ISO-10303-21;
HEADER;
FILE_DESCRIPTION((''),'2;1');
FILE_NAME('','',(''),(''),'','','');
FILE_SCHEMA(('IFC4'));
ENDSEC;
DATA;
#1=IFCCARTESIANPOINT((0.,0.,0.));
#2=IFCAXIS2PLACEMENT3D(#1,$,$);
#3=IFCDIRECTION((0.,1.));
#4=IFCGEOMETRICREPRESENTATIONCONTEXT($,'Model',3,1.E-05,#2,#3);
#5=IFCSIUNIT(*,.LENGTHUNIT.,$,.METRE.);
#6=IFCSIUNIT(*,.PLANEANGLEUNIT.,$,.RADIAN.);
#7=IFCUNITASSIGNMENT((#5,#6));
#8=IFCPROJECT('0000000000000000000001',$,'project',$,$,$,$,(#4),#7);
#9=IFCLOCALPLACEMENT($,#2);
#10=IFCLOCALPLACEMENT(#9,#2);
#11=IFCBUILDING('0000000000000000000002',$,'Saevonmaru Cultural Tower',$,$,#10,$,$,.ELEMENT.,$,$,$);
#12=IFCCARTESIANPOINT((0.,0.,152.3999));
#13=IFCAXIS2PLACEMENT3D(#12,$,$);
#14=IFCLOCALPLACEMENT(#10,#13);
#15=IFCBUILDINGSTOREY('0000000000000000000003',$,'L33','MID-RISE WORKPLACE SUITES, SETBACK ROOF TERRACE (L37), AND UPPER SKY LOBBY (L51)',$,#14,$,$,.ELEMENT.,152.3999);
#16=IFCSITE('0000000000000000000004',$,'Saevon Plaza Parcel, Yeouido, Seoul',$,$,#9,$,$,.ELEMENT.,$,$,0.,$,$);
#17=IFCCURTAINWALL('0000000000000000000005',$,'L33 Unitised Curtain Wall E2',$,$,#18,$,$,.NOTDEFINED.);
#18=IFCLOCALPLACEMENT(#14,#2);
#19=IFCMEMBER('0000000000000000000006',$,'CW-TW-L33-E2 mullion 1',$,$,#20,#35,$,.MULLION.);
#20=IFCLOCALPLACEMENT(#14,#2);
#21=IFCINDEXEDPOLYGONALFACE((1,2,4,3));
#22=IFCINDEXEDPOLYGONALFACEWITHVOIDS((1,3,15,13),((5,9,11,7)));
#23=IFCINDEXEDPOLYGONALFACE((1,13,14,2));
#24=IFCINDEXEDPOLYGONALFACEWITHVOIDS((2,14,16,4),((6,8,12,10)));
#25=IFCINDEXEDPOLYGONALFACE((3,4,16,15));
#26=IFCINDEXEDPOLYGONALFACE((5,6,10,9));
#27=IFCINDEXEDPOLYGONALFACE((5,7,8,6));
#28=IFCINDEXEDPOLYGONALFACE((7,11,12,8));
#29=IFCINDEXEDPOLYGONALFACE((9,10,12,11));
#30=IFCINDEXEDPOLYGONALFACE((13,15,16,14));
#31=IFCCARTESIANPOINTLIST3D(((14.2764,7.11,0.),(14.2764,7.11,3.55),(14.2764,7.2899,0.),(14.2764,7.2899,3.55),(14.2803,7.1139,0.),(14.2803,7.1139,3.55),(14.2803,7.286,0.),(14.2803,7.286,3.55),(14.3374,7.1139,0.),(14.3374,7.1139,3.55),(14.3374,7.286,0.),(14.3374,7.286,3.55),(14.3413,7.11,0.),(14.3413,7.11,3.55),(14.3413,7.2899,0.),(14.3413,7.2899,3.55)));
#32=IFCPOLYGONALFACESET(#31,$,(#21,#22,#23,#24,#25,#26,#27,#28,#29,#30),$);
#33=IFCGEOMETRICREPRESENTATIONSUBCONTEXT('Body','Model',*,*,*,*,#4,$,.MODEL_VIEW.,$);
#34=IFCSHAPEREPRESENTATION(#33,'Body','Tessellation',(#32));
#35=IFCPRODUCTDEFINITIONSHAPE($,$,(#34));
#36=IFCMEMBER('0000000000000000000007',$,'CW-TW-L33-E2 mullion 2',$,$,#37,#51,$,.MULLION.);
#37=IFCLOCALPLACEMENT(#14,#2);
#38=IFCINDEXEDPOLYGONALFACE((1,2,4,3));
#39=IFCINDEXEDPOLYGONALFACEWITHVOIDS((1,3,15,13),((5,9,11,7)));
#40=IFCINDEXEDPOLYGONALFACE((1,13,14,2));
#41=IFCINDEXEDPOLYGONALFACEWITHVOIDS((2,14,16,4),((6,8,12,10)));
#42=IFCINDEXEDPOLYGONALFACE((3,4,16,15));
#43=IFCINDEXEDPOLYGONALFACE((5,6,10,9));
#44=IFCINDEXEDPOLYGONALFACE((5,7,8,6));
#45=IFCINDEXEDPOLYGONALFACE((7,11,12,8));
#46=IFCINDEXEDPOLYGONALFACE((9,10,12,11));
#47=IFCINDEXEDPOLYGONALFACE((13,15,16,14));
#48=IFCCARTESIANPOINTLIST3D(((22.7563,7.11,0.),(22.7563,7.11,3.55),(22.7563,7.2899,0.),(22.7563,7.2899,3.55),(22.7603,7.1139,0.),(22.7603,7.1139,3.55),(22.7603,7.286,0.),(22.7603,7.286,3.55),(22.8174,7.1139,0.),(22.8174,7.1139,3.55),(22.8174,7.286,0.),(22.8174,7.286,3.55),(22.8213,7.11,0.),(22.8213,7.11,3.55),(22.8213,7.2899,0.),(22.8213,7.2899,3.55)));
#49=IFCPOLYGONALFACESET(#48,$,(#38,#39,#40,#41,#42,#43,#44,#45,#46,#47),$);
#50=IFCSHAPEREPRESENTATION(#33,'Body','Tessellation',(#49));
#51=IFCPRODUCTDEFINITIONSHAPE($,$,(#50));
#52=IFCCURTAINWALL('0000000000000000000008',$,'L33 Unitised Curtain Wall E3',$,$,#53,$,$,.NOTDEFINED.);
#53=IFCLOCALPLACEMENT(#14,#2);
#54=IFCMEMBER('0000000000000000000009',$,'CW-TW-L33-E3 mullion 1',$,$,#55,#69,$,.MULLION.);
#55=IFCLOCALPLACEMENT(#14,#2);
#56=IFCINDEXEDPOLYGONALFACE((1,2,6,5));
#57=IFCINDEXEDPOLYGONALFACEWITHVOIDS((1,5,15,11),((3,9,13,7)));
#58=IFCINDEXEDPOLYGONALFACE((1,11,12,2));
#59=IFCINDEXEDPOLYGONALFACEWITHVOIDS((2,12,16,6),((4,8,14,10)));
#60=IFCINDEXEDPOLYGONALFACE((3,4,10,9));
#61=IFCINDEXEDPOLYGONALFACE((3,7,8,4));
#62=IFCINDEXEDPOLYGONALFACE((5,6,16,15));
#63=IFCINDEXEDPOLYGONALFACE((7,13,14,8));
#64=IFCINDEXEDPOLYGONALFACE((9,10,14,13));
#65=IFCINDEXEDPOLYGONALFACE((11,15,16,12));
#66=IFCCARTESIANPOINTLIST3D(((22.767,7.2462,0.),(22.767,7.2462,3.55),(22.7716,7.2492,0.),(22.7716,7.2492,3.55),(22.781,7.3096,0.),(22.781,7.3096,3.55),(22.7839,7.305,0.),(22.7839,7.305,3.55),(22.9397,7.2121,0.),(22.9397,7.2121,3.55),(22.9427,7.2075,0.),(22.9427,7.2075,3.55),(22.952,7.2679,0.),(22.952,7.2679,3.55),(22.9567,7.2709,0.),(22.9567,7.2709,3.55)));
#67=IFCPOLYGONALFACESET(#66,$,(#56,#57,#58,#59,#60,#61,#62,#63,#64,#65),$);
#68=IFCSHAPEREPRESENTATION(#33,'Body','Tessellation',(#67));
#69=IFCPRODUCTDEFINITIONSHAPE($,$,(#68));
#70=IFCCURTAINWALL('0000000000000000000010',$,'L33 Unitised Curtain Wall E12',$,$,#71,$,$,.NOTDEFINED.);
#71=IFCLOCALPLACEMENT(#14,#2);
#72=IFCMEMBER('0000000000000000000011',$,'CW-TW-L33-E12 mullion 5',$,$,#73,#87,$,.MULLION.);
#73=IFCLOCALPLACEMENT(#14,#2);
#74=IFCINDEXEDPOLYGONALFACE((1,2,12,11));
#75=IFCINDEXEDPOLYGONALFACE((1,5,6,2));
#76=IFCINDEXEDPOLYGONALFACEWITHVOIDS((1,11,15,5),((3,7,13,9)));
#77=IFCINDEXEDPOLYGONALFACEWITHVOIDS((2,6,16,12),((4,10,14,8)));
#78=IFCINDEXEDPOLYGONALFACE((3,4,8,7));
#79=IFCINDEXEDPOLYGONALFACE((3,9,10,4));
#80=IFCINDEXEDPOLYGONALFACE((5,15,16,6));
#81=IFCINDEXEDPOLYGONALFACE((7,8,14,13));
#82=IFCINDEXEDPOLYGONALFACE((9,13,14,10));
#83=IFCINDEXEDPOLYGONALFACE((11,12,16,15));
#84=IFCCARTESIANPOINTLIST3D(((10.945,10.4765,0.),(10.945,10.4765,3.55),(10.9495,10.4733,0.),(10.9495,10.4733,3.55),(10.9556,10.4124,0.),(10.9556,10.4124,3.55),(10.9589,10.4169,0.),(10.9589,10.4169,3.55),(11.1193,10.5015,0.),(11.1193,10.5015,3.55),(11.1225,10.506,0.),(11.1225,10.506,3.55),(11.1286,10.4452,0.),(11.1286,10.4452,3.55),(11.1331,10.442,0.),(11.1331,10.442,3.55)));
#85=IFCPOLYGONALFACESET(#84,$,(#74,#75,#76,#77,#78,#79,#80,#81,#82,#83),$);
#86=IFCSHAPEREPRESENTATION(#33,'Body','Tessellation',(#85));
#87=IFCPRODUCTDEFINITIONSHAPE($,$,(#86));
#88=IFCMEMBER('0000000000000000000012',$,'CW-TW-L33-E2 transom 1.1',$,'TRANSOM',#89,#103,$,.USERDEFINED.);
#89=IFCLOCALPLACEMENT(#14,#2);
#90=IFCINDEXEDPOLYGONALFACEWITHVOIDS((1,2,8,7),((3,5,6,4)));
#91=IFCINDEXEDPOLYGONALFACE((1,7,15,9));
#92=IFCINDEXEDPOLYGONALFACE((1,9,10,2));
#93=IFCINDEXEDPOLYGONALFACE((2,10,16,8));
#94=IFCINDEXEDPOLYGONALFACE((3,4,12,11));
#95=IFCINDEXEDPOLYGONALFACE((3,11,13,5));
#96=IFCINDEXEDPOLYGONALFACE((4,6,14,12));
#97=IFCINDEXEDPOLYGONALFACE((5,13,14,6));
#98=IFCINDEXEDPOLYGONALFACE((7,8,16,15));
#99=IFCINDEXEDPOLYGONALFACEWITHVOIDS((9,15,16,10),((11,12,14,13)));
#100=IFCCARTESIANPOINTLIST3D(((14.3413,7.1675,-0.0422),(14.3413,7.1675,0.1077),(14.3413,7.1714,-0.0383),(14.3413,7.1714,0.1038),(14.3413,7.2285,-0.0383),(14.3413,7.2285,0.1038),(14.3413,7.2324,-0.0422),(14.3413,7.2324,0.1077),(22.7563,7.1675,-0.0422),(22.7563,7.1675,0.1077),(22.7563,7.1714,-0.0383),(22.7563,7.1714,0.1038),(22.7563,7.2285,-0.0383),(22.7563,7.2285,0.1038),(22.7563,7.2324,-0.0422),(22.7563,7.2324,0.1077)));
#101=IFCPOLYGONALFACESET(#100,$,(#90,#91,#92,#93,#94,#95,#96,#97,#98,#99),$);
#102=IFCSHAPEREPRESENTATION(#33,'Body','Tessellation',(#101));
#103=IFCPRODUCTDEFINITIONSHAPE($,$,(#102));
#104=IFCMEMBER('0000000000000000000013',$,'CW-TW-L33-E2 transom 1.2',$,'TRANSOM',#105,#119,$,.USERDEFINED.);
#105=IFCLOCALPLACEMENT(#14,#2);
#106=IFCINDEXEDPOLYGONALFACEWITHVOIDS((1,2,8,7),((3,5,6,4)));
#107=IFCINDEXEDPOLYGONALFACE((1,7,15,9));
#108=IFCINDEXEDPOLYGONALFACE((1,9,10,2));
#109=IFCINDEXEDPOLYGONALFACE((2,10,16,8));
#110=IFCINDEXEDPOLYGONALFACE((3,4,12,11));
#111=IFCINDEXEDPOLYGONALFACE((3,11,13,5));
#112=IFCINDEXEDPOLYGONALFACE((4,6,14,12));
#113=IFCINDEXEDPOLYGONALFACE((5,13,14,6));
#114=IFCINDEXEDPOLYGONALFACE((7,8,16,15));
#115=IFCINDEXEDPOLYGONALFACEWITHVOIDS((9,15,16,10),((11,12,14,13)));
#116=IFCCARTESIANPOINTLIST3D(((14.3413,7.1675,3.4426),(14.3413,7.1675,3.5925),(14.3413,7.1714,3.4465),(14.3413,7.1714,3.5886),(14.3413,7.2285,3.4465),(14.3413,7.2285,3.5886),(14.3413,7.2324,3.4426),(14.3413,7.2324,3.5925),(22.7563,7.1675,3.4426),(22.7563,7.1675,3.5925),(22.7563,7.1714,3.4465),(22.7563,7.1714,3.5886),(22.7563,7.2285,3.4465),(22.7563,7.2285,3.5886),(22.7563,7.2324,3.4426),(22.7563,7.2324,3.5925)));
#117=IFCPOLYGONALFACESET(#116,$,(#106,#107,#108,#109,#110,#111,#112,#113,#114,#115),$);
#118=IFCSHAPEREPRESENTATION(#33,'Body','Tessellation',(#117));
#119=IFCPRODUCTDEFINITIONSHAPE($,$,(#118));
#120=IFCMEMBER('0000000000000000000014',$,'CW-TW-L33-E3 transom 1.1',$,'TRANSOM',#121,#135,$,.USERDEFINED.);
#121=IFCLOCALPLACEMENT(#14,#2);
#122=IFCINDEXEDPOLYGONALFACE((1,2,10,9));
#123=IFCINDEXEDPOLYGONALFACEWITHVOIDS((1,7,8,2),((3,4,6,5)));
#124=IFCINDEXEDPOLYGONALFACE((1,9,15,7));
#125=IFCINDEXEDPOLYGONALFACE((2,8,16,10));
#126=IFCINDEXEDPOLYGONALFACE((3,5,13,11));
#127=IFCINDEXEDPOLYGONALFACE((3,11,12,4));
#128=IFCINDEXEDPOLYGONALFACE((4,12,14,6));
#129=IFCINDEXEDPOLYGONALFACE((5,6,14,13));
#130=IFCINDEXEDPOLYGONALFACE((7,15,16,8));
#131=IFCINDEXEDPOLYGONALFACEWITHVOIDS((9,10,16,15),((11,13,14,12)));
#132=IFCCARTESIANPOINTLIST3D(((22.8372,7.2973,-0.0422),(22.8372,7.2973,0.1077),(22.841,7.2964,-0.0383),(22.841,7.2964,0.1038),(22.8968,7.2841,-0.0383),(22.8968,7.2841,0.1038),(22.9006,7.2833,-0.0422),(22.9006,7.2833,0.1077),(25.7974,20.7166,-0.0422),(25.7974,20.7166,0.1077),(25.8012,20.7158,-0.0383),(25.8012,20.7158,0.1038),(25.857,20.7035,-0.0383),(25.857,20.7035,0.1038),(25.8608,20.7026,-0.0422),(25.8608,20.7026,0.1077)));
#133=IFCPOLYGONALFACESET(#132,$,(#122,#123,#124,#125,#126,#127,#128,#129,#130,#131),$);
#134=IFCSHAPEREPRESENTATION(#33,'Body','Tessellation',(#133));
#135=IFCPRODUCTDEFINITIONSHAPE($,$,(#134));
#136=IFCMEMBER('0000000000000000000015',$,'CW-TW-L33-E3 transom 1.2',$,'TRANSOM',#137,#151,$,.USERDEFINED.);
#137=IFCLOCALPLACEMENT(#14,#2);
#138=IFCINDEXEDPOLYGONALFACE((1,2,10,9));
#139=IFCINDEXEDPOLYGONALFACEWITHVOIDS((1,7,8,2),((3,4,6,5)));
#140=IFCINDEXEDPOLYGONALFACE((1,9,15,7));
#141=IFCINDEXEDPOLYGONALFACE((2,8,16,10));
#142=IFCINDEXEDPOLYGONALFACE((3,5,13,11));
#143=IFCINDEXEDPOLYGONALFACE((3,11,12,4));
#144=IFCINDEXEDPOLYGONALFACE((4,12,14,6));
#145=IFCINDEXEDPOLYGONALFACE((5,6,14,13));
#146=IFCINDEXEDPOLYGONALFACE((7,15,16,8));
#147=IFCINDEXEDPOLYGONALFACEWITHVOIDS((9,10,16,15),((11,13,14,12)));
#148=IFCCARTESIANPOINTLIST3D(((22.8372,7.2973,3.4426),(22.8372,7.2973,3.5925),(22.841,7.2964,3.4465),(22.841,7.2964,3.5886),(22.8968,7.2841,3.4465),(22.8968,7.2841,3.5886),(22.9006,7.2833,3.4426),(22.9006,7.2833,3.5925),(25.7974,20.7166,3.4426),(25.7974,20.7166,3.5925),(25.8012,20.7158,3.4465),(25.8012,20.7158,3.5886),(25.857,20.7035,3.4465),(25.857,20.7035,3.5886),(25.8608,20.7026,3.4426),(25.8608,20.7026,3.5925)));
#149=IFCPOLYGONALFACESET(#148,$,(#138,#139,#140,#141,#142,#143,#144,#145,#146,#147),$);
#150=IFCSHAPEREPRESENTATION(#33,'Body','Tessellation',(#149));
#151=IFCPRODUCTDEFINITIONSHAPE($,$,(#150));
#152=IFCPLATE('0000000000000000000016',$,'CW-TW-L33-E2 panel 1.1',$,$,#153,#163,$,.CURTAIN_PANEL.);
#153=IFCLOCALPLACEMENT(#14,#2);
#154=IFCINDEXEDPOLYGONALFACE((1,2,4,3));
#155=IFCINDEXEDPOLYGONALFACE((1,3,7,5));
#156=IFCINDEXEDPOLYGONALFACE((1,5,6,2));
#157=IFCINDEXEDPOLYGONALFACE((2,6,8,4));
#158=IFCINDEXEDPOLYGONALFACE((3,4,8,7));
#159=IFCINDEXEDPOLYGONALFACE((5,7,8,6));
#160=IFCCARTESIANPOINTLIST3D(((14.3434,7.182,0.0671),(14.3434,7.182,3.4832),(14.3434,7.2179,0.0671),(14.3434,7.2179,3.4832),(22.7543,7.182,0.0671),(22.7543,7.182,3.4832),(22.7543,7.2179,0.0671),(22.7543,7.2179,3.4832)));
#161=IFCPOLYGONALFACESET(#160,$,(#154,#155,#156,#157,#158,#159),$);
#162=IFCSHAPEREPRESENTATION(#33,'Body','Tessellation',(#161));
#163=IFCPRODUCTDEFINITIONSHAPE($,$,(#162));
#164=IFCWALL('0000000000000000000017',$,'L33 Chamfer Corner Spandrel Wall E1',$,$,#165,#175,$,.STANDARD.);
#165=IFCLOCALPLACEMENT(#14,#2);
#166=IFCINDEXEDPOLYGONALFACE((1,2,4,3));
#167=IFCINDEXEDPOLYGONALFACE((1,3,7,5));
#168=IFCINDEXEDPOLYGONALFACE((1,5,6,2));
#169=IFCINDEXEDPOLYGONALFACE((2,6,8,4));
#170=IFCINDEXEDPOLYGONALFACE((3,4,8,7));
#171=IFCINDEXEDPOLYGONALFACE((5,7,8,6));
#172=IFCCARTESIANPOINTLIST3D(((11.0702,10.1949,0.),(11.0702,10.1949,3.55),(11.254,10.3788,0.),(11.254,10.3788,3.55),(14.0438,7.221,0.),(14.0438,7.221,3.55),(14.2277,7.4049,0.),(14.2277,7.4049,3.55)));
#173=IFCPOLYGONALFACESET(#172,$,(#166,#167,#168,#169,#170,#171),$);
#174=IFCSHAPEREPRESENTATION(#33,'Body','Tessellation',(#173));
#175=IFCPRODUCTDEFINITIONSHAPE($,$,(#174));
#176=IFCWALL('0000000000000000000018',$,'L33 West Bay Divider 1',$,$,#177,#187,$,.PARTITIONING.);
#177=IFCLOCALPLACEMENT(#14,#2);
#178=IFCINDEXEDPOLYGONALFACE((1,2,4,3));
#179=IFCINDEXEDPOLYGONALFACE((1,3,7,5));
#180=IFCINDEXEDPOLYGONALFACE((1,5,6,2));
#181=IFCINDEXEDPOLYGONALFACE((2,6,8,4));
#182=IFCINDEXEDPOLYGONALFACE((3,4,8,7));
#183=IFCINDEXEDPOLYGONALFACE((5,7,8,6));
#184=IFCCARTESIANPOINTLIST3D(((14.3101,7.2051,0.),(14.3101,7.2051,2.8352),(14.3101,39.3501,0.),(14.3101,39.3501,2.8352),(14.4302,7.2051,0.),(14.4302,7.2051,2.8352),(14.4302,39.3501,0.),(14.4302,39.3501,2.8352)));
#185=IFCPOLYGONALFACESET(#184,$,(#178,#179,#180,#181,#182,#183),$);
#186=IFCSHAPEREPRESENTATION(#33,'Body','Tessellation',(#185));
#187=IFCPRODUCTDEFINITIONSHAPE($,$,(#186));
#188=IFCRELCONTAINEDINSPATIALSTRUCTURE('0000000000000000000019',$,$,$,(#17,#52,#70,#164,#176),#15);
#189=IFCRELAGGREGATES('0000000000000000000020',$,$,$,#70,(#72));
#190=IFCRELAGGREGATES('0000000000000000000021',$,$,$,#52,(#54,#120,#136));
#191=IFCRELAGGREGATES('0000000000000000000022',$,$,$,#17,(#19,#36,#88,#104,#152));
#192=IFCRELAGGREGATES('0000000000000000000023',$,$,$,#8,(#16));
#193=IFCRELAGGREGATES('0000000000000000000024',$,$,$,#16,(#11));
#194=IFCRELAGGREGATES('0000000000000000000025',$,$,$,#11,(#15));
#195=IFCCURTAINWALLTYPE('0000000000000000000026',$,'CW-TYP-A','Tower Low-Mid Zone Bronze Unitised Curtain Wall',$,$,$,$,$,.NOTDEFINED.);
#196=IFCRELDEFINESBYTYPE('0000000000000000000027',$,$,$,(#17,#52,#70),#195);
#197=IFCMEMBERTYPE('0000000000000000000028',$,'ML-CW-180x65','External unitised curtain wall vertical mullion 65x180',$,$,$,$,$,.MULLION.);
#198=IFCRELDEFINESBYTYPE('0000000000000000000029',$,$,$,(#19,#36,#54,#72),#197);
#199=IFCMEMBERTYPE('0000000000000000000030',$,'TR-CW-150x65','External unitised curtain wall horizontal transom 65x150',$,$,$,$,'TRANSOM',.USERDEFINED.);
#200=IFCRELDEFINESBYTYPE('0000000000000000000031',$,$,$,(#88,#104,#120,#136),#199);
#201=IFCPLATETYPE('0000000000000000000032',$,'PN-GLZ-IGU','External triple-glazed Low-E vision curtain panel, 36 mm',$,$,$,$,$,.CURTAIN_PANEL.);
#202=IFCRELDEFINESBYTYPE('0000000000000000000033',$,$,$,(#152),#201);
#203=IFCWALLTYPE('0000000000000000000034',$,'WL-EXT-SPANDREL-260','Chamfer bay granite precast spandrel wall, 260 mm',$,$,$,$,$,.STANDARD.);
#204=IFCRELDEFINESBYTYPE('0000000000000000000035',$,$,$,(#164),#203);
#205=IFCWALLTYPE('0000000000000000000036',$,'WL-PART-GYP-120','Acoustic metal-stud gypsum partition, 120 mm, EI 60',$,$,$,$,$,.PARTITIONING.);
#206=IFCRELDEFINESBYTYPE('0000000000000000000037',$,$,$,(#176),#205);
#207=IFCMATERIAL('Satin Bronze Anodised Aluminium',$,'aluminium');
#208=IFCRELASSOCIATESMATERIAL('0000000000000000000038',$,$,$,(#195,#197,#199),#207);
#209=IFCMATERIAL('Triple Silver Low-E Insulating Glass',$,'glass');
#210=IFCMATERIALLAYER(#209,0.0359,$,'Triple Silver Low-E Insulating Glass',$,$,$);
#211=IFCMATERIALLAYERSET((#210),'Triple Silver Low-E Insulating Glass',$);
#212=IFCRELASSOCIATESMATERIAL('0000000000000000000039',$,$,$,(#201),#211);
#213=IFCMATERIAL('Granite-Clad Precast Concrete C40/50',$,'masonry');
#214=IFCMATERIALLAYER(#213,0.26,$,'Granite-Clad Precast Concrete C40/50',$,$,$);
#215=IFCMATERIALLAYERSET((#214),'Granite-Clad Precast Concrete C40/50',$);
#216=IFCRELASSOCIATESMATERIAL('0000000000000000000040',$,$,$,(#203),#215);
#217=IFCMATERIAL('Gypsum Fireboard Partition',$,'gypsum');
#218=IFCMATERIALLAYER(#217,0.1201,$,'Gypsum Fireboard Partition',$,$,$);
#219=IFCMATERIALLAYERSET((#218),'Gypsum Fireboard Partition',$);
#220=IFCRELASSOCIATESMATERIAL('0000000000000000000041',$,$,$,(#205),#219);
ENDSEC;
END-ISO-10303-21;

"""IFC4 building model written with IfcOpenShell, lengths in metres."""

from ifc_helpers import new_model, si_unit, direction, frame, frame_2d, origin, origin_2d, place, context, subcontext, project, spatial, rectangle, hollow_rectangle, extrude, material, layer, layer_set, material_profile, profile_set, type_object, element, aggregate, save


model = new_model("IFC4")

# Units and contexts
model_context = context("Model", 3, precision=1e-05, world=origin(), true_north=direction((0.0, 1.0)))
body_context = subcontext(model_context, "Body", "Model", "MODEL_VIEW")
ifc_project = project(units=[si_unit("LENGTHUNIT", "METRE"), si_unit("PLANEANGLEUNIT", "RADIAN")], contexts=[model_context])

# Site, building, storey
site_placement = place(None, origin())
site = spatial("IfcSite", under=ifc_project, at=site_placement, Name="Saevon Plaza Parcel, Yeouido, Seoul", CompositionType="ELEMENT", RefElevation=0.0)
building_placement = place(site_placement, origin())
building = spatial("IfcBuilding", under=site, at=building_placement, Name="Saevonmaru Cultural Tower", CompositionType="ELEMENT")
storey_placement = place(building_placement, frame((0.0, 0.0, 152.3999)))
storey = spatial("IfcBuildingStorey", under=building, at=storey_placement, Name="L33", Description="MID-RISE WORKPLACE SUITES, SETBACK ROOF TERRACE (L37), AND UPPER SKY LOBBY (L51)", CompositionType="ELEMENT", Elevation=152.3999)

# Curtain wall, members
ifc_material_1 = material(Name="Satin Bronze Anodised Aluminium", Category="aluminium")
curtain_wall_type = type_object("IfcCurtainWallType", Name="CW-TYP-A", Description="Tower Low-Mid Zone Bronze Unitised Curtain Wall", PredefinedType="NOTDEFINED", material=ifc_material_1)
curtain_wall_1_placement = place(storey_placement, origin())
curtain_wall_1 = element("IfcCurtainWall", 1, at=curtain_wall_1_placement, inside=storey, type_object=curtain_wall_type, Name="L33 Unitised Curtain Wall E2", PredefinedType="NOTDEFINED")
ifc_material_profile_1 = material_profile(ifc_material_1, hollow_rectangle(XDim=0.0649, YDim=0.1799, WallThickness=0.0039, at=origin_2d()), Name="ALU-MULL-180x65x4")
ifc_profile_set_1 = profile_set([ifc_material_profile_1], Name="Satin Bronze Anodised Aluminium")
member_type_1 = type_object("IfcMemberType", Name="ML-CW-180x65", Description="External unitised curtain wall vertical mullion 65x180", PredefinedType="MULLION", material=ifc_profile_set_1)
member_1_placement = place(storey_placement, frame((14.3088, 7.2, 0.0), z_axis=(0.0, 0.0, 1.0), x_axis=(1.0, 0.0, 0.0)))
member_1 = element("IfcMember", 2, at=member_1_placement, type_object=member_type_1, Name="CW-TW-L33-E2 mullion 1", PredefinedType="MULLION", context=body_context, shape_type="SweptSolid", body=[
    extrude(hollow_rectangle(XDim=0.0649, YDim=0.1799, WallThickness=0.0039, at=origin_2d()), origin(), (0.0, 0.0, 1.0), 3.55),
])
member_2_placement = place(storey_placement, frame((22.7888, 7.2, 0.0), z_axis=(0.0, 0.0, 1.0), x_axis=(1.0, 0.0, 0.0)))
member_2 = element("IfcMember", 3, at=member_2_placement, type_object=member_type_1, Name="CW-TW-L33-E2 mullion 2", PredefinedType="MULLION", context=body_context, shape_type="SweptSolid", body=[
    extrude(hollow_rectangle(XDim=0.0649, YDim=0.1799, WallThickness=0.0039, at=origin_2d()), origin(), (0.0, 0.0, 1.0), 3.55),
])

# Curtain walls, members
curtain_wall_2_placement = place(storey_placement, origin())
curtain_wall_2 = element("IfcCurtainWall", 4, at=curtain_wall_2_placement, inside=storey, type_object=curtain_wall_type, Name="L33 Unitised Curtain Wall E3", PredefinedType="NOTDEFINED")
member_3_placement = place(storey_placement, frame((22.8618, 7.2585, 0.0), z_axis=(0.0, 0.0, 1.0), x_axis=(0.215413, 0.976523, 0.0)))
member_3 = element("IfcMember", 5, at=member_3_placement, type_object=member_type_1, Name="CW-TW-L33-E3 mullion 1", PredefinedType="MULLION", context=body_context, shape_type="SweptSolid", body=[
    extrude(hollow_rectangle(XDim=0.0649, YDim=0.1799, WallThickness=0.0039, at=origin_2d()), origin(), (0.0, 0.0, 1.0), 3.55),
])
curtain_wall_3_placement = place(storey_placement, origin())
curtain_wall_3 = element("IfcCurtainWall", 6, at=curtain_wall_3_placement, inside=storey, type_object=curtain_wall_type, Name="L33 Unitised Curtain Wall E12", PredefinedType="NOTDEFINED")
member_4_placement = place(storey_placement, frame((11.0391, 10.4592, 0.0), z_axis=(0.0, 0.0, 1.0), x_axis=(0.163999, -0.986461, 0.0)))
member_4 = element("IfcMember", 7, at=member_4_placement, type_object=member_type_1, Name="CW-TW-L33-E12 mullion 5", PredefinedType="MULLION", context=body_context, shape_type="SweptSolid", body=[
    extrude(hollow_rectangle(XDim=0.0649, YDim=0.1799, WallThickness=0.0039, at=origin_2d()), origin(), (0.0, 0.0, 1.0), 3.55),
])
aggregate(curtain_wall_3, [member_4])

# Members
ifc_material_profile_2 = material_profile(ifc_material_1, hollow_rectangle(XDim=0.0649, YDim=0.1499, WallThickness=0.0039, at=origin_2d()), Name="ALU-TRAN-150x65x4")
ifc_profile_set_2 = profile_set([ifc_material_profile_2], Name="Satin Bronze Anodised Aluminium")
member_type_2 = type_object("IfcMemberType", Name="TR-CW-150x65", Description="External unitised curtain wall horizontal transom 65x150", ElementType="TRANSOM", PredefinedType="USERDEFINED", material=ifc_profile_set_2)
member_5_placement = place(storey_placement, frame((14.3413, 7.2, 0.0327), z_axis=(1.0, 0.0, 0.0), x_axis=(0.0, 1.0, 0.0)))
member_5 = element("IfcMember", 8, at=member_5_placement, type_object=member_type_2, Name="CW-TW-L33-E2 transom 1.1", ObjectType="TRANSOM", PredefinedType="USERDEFINED", context=body_context, shape_type="SweptSolid", body=[
    extrude(hollow_rectangle(XDim=0.0649, YDim=0.1499, WallThickness=0.0039, at=origin_2d()), origin(), (0.0, 0.0, 1.0), 8.415),
])
member_6_placement = place(storey_placement, frame((14.3413, 7.2, 3.5176), z_axis=(1.0, 0.0, 0.0), x_axis=(0.0, 1.0, 0.0)))
member_6 = element("IfcMember", 9, at=member_6_placement, type_object=member_type_2, Name="CW-TW-L33-E2 transom 1.2", ObjectType="TRANSOM", PredefinedType="USERDEFINED", context=body_context, shape_type="SweptSolid", body=[
    extrude(hollow_rectangle(XDim=0.0649, YDim=0.1499, WallThickness=0.0039, at=origin_2d()), origin(), (0.0, 0.0, 1.0), 8.415),
])
member_7_placement = place(storey_placement, frame((22.8689, 7.2903, 0.0327), z_axis=(0.215412, 0.976523, 0.0), x_axis=(-0.976523, 0.215412, 0.0)))
member_7 = element("IfcMember", 10, at=member_7_placement, type_object=member_type_2, Name="CW-TW-L33-E3 transom 1.1", ObjectType="TRANSOM", PredefinedType="USERDEFINED", context=body_context, shape_type="SweptSolid", body=[
    extrude(hollow_rectangle(XDim=0.0649, YDim=0.1499, WallThickness=0.0039, at=origin_2d()), origin(), (0.0, 0.0, 1.0), 13.7419),
])
member_8_placement = place(storey_placement, frame((22.8689, 7.2903, 3.5176), z_axis=(0.215412, 0.976523, 0.0), x_axis=(-0.976523, 0.215412, 0.0)))
member_8 = element("IfcMember", 11, at=member_8_placement, type_object=member_type_2, Name="CW-TW-L33-E3 transom 1.2", ObjectType="TRANSOM", PredefinedType="USERDEFINED", context=body_context, shape_type="SweptSolid", body=[
    extrude(hollow_rectangle(XDim=0.0649, YDim=0.1499, WallThickness=0.0039, at=origin_2d()), origin(), (0.0, 0.0, 1.0), 13.7419),
])
aggregate(curtain_wall_2, [member_3, member_7, member_8])

# Plate
ifc_material_2 = material(Name="Triple Silver Low-E Insulating Glass", Category="glass")
ifc_layer_1 = layer(ifc_material_2, 0.0359, Name="Triple Silver Low-E Insulating Glass")
ifc_layer_set_1 = layer_set([ifc_layer_1], Name="Triple Silver Low-E Insulating Glass")
plate_type = type_object("IfcPlateType", Name="PN-GLZ-IGU", Description="External triple-glazed Low-E vision curtain panel, 36 mm", PredefinedType="CURTAIN_PANEL", material=ifc_layer_set_1)
plate_placement = place(storey_placement, frame((18.5488, 7.2, 0.0671), z_axis=(0.0, 0.0, 1.0), x_axis=(1.0, 0.0, 0.0)))
plate = element("IfcPlate", 12, at=plate_placement, type_object=plate_type, Name="CW-TW-L33-E2 panel 1.1", PredefinedType="CURTAIN_PANEL", context=body_context, shape_type="SweptSolid", body=[
    extrude(rectangle(XDim=8.4109, YDim=0.0359, at=origin_2d()), origin(), (0.0, 0.0, 1.0), 3.416),
])
aggregate(curtain_wall_1, [member_1, member_2, member_5, member_6, plate])

# Walls
ifc_material_3 = material(Name="Granite-Clad Precast Concrete C40/50", Category="masonry")
ifc_layer_2 = layer(ifc_material_3, 0.26, Name="Granite-Clad Precast Concrete C40/50")
ifc_layer_set_2 = layer_set([ifc_layer_2], Name="Granite-Clad Precast Concrete C40/50")
wall_type_1 = type_object("IfcWallType", Name="WL-EXT-SPANDREL-260", Description="Chamfer bay granite precast spandrel wall, 260 mm", PredefinedType="STANDARD", material=ifc_layer_set_2)
wall_1_placement = place(storey_placement, frame((11.1621, 10.2869, 0.0), z_axis=(0.0, 0.0, 1.0), x_axis=(0.707078, -0.707136, 0.0)))
element("IfcWall", 13, at=wall_1_placement, inside=storey, type_object=wall_type_1, Name="L33 Chamfer Corner Spandrel Wall E1", PredefinedType="STANDARD", context=body_context, shape_type="SweptSolid", body=[
    extrude(rectangle(XDim=4.2056, YDim=0.26, at=frame_2d((2.1028, 0.0))), origin(), (0.0, 0.0, 1.0), 3.55),
])
ifc_material_4 = material(Name="Gypsum Fireboard Partition", Category="gypsum")
ifc_layer_3 = layer(ifc_material_4, 0.1201, Name="Gypsum Fireboard Partition")
ifc_layer_set_3 = layer_set([ifc_layer_3], Name="Gypsum Fireboard Partition")
wall_type_2 = type_object("IfcWallType", Name="WL-PART-GYP-120", Description="Acoustic metal-stud gypsum partition, 120 mm, EI 60", PredefinedType="PARTITIONING", material=ifc_layer_set_3)
wall_2_placement = place(storey_placement, frame((14.3701, 7.2051, 0.0), z_axis=(0.0, 0.0, 1.0), x_axis=(0.0, 1.0, 0.0)))
element("IfcWall", 14, at=wall_2_placement, inside=storey, type_object=wall_type_2, Name="L33 West Bay Divider 1", PredefinedType="PARTITIONING", context=body_context, shape_type="SweptSolid", body=[
    extrude(rectangle(XDim=32.145, YDim=0.1201, at=frame_2d((16.0725, 0.0))), origin(), (0.0, 0.0, 1.0), 2.8352),
])

save(model, "model.ifc")
